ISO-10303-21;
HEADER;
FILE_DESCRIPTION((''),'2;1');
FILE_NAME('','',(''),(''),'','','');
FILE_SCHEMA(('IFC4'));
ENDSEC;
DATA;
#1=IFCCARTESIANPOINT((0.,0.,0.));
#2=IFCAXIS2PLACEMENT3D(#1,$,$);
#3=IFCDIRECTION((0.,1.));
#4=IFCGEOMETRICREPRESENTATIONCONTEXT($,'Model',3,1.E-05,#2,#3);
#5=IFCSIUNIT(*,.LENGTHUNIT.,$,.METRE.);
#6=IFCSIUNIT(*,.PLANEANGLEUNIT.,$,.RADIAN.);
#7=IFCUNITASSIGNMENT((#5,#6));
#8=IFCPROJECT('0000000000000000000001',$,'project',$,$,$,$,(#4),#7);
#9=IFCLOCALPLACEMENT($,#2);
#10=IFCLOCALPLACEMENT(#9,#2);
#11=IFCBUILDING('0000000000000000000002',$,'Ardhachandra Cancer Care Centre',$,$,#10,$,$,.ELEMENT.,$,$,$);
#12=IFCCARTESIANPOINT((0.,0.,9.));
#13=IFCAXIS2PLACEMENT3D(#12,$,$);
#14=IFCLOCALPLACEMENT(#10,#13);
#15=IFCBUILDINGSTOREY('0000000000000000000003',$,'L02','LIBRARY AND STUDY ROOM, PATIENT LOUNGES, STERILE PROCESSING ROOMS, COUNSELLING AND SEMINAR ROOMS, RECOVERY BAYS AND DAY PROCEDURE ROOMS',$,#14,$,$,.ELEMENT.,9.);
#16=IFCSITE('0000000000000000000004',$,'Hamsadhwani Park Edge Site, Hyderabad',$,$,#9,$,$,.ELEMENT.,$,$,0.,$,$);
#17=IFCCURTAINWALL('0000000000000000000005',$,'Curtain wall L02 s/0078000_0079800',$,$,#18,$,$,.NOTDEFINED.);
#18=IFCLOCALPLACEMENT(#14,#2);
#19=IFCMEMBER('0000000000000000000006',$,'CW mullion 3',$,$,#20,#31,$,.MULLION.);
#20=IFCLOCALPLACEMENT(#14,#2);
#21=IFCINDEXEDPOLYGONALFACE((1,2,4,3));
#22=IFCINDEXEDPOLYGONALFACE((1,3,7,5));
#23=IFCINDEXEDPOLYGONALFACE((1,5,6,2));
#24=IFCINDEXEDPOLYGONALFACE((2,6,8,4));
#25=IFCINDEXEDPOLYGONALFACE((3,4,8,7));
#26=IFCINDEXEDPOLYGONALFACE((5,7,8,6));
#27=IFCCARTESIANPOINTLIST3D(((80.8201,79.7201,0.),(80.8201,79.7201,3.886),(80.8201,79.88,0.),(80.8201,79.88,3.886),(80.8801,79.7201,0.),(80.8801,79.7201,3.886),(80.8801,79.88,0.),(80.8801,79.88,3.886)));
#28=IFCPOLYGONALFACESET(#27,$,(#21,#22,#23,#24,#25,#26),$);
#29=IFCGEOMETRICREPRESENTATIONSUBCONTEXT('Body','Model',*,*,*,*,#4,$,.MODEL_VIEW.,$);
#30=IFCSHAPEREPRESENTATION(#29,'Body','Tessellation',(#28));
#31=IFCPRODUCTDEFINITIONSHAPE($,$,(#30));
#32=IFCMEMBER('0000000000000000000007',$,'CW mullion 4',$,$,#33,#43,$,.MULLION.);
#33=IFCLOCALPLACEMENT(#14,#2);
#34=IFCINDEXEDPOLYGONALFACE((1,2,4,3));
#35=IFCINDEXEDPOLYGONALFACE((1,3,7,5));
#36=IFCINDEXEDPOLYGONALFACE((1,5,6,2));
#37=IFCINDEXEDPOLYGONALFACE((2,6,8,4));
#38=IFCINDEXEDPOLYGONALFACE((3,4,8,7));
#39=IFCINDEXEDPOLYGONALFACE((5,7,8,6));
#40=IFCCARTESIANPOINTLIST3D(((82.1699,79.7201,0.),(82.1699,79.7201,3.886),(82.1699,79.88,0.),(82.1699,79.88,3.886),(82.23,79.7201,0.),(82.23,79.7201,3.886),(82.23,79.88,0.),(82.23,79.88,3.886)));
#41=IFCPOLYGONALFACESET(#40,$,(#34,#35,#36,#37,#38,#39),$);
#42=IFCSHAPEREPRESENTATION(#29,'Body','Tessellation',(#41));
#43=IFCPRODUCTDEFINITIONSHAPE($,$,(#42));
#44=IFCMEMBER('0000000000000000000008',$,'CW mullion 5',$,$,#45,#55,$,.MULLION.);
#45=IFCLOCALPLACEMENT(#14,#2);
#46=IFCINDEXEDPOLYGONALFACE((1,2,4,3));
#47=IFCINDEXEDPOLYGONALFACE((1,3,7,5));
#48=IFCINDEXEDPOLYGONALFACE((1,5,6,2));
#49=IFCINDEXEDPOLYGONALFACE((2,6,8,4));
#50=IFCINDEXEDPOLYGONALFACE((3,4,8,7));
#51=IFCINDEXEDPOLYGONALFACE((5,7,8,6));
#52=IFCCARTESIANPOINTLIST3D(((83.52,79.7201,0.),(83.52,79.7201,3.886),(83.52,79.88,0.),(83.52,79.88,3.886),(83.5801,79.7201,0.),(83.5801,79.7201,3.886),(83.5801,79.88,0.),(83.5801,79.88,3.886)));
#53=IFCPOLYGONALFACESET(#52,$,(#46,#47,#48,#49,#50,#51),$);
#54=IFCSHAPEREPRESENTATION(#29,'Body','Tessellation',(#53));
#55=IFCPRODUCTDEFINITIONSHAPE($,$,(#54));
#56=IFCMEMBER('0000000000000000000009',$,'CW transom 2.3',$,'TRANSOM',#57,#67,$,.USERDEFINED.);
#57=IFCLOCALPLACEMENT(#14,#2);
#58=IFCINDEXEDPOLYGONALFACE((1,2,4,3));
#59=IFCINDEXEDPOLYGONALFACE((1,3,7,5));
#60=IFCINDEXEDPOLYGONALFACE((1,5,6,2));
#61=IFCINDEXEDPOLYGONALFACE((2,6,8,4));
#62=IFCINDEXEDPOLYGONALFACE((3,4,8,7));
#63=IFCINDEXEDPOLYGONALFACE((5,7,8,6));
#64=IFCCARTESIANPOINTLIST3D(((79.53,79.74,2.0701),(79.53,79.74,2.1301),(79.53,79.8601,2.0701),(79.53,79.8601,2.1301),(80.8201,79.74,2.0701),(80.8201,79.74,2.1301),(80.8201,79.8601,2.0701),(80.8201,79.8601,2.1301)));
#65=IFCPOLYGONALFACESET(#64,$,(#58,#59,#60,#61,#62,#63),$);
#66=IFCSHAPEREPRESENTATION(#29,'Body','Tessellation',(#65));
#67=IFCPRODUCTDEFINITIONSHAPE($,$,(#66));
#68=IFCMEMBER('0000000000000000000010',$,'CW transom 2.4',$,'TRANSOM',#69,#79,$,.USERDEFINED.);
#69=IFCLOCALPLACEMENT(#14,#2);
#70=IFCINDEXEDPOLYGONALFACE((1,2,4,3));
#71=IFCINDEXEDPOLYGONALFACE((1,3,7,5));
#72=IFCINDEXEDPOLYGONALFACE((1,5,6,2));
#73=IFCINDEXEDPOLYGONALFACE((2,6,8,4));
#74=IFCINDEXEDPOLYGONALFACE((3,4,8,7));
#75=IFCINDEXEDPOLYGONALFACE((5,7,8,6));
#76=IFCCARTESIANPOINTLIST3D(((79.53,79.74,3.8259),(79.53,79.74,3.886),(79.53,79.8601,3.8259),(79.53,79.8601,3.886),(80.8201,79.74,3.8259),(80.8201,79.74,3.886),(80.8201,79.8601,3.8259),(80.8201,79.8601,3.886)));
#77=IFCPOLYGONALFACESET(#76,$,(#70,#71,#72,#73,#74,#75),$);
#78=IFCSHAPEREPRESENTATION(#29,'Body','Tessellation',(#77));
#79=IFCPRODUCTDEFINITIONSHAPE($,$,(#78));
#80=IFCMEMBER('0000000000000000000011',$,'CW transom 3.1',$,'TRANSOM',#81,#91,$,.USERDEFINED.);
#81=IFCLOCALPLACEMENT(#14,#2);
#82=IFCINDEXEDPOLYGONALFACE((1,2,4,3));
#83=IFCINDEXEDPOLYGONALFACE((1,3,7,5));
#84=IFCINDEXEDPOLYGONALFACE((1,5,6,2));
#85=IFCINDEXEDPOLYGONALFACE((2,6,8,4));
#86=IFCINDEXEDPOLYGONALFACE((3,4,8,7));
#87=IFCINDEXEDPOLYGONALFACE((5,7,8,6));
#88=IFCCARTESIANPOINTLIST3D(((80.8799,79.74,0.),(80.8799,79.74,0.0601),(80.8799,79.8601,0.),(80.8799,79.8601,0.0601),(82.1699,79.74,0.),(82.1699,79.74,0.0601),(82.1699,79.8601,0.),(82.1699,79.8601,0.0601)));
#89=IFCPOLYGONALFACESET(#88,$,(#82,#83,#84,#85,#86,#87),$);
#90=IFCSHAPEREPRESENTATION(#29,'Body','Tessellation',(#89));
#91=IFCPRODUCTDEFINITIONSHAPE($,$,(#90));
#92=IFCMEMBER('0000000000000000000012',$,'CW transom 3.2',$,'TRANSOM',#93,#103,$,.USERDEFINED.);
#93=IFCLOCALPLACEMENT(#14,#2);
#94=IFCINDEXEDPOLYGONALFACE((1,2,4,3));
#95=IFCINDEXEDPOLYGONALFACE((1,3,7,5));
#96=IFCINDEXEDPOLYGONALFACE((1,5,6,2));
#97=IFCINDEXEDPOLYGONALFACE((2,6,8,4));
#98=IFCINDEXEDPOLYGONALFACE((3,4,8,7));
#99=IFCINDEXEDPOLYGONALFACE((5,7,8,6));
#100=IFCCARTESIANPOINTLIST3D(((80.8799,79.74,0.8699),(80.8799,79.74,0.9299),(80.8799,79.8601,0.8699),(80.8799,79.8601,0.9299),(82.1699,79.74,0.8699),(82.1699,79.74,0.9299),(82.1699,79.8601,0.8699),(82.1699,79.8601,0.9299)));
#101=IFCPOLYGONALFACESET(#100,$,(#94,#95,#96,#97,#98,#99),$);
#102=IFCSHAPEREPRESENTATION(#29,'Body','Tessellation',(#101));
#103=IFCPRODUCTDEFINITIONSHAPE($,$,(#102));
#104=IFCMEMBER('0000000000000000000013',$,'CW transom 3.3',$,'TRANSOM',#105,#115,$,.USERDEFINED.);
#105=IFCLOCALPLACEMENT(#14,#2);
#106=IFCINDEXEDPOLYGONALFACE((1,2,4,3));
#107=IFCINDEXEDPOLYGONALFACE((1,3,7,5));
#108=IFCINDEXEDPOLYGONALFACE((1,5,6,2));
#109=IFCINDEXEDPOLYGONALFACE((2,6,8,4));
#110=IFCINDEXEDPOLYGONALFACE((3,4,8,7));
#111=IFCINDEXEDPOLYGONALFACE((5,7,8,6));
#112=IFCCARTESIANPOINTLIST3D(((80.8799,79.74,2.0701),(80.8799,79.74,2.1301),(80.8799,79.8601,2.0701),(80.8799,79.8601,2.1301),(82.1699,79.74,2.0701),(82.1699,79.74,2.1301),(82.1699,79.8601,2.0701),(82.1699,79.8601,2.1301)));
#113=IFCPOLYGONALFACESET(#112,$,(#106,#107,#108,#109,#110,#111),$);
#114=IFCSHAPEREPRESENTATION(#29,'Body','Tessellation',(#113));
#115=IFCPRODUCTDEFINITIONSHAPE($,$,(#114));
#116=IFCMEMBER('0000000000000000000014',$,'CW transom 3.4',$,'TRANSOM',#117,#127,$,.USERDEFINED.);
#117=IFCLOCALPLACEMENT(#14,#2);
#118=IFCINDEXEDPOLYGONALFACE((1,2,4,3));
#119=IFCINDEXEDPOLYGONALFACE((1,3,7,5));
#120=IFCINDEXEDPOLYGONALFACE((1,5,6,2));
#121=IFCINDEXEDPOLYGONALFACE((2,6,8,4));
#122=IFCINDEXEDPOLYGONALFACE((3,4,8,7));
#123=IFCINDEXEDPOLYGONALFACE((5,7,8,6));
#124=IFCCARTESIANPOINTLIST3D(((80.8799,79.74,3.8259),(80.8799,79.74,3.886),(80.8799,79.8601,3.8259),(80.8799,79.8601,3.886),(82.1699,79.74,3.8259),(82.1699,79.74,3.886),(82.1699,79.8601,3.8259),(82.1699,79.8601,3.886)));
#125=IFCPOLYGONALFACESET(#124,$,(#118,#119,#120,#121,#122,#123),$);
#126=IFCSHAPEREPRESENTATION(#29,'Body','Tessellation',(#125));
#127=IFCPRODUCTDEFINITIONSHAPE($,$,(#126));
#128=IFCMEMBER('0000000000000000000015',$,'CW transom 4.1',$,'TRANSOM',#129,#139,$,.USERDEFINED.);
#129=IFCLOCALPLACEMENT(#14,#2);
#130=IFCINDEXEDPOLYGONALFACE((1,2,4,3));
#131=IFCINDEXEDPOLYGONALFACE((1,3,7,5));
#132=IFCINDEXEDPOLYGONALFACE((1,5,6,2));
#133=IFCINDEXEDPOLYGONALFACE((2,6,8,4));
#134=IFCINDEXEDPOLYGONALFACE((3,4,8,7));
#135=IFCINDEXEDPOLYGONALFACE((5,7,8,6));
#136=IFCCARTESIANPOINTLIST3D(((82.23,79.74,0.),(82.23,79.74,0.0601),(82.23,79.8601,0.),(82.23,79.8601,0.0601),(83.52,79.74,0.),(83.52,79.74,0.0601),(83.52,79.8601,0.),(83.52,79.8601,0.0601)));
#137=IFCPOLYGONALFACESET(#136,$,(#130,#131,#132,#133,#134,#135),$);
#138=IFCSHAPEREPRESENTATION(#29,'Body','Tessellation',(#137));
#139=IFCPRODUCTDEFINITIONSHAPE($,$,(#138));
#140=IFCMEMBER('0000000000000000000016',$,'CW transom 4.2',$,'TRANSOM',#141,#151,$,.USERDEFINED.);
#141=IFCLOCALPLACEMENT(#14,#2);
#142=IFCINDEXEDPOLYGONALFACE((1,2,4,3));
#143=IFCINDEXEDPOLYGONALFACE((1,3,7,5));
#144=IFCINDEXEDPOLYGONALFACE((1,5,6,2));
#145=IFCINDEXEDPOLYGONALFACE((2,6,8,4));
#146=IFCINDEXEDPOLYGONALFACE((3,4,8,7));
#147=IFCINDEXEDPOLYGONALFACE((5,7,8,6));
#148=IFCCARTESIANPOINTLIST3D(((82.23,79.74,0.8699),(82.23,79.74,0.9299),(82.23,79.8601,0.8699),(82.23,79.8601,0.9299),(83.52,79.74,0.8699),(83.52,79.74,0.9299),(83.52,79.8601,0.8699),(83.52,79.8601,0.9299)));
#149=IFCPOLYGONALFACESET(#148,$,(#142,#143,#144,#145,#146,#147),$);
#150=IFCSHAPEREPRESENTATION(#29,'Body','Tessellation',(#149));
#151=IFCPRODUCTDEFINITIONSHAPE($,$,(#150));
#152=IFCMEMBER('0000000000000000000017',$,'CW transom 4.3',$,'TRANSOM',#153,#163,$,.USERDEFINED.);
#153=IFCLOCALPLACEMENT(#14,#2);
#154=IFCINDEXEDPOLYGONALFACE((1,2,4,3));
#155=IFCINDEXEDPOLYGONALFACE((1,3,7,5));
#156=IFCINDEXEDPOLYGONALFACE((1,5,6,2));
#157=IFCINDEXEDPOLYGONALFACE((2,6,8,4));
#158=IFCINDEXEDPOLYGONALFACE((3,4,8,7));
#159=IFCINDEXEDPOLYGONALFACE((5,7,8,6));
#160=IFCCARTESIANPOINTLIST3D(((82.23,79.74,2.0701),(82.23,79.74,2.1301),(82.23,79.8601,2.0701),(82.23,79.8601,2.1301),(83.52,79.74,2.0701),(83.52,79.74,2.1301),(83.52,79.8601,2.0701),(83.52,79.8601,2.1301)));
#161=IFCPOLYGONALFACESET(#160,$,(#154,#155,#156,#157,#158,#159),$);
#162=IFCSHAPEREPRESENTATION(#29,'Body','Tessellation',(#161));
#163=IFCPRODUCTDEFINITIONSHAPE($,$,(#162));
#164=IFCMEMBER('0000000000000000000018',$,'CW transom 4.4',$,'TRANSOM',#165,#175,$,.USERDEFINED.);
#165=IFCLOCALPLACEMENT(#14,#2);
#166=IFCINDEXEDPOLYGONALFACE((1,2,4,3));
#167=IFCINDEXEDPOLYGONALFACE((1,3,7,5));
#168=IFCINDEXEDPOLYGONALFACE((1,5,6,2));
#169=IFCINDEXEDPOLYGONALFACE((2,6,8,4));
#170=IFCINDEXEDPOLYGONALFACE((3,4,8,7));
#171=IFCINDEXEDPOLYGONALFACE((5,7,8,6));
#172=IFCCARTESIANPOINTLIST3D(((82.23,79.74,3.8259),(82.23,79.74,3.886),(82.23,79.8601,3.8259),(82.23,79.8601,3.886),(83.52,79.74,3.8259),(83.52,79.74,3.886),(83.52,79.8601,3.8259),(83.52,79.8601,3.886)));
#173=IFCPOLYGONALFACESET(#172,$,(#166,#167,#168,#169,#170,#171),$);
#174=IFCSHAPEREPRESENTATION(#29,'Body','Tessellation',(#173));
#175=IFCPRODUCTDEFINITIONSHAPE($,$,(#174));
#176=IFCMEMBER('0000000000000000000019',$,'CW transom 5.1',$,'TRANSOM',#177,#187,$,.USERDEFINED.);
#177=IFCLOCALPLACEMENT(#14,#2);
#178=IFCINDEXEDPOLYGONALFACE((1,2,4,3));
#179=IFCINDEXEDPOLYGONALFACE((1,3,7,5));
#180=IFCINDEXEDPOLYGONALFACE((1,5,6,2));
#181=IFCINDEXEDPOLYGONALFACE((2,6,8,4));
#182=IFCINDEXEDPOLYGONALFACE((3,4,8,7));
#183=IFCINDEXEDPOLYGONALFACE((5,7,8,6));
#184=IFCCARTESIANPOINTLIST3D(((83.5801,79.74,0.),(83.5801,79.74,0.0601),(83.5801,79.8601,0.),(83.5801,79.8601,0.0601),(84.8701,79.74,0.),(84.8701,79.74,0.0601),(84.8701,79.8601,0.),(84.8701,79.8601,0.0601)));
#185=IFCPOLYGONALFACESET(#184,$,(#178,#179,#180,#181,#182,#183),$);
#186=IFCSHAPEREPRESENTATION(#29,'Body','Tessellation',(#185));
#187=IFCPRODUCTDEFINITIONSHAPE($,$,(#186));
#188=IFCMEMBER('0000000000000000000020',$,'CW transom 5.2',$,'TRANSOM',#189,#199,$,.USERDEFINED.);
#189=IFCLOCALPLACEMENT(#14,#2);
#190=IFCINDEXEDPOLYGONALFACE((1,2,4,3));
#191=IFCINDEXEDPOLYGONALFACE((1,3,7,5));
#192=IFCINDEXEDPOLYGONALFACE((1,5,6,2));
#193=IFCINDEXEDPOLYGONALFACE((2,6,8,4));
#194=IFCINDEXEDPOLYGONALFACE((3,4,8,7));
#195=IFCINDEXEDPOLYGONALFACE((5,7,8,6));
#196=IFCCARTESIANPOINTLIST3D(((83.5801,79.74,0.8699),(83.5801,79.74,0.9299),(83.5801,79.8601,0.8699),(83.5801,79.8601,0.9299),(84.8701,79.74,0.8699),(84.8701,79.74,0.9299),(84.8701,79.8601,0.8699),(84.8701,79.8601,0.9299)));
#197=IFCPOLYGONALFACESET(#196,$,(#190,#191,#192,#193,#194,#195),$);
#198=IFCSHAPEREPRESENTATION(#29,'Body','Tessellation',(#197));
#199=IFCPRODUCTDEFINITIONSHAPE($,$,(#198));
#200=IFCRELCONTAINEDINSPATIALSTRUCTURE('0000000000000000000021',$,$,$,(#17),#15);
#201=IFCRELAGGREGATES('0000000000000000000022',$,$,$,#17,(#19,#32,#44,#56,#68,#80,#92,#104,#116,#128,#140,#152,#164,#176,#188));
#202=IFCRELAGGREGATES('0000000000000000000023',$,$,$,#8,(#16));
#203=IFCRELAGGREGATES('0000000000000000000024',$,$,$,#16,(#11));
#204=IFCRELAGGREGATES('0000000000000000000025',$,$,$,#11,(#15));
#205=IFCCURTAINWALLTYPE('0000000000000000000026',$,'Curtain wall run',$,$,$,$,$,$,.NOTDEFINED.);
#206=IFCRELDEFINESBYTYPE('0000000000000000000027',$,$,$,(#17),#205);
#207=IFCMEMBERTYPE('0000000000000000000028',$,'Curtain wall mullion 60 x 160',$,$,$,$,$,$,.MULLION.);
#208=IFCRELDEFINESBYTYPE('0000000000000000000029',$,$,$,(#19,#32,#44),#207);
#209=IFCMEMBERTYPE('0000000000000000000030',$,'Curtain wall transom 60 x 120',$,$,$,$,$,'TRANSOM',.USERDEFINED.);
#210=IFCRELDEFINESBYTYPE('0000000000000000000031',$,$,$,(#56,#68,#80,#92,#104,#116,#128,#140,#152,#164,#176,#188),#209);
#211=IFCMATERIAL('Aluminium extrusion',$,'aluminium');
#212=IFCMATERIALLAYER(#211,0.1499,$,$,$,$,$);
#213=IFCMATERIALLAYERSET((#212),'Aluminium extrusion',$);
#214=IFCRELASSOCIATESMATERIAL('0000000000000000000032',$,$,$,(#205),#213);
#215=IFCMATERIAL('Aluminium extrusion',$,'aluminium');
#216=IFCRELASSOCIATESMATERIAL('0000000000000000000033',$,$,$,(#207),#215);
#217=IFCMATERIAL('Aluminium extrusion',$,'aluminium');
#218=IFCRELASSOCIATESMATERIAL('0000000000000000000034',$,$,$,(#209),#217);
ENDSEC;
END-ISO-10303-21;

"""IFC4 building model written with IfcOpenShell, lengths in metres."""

from ifc_helpers import new_model, si_unit, direction, frame, origin, origin_2d, place, context, subcontext, project, spatial, rectangle, extrude, material, layer, layer_set, material_profile, profile_set, type_object, element, aggregate, save


model = new_model("IFC4")

# Units and contexts
model_context = context("Model", 3, precision=1e-05, world=origin(), true_north=direction((0.0, 1.0)))
body_context = subcontext(model_context, "Body", "Model", "MODEL_VIEW")
ifc_project = project(units=[si_unit("LENGTHUNIT", "METRE"), si_unit("PLANEANGLEUNIT", "RADIAN")], contexts=[model_context])

# Site, building, storey
site_placement = place(None, origin())
site = spatial("IfcSite", under=ifc_project, at=site_placement, Name="Hamsadhwani Park Edge Site, Hyderabad", CompositionType="ELEMENT", RefElevation=0.0)
building_placement = place(site_placement, origin())
building = spatial("IfcBuilding", under=site, at=building_placement, Name="Ardhachandra Cancer Care Centre", CompositionType="ELEMENT")
storey_placement = place(building_placement, frame((0.0, 0.0, 9.0)))
storey = spatial("IfcBuildingStorey", under=building, at=storey_placement, Name="L02", Description="LIBRARY AND STUDY ROOM, PATIENT LOUNGES, STERILE PROCESSING ROOMS, COUNSELLING AND SEMINAR ROOMS, RECOVERY BAYS AND DAY PROCEDURE ROOMS", CompositionType="ELEMENT", Elevation=9.0)

# Curtain wall, members
ifc_material_1 = material(Name="Aluminium extrusion", Category="aluminium")
ifc_layer_1 = layer(ifc_material_1, 0.1499)
ifc_layer_set_1 = layer_set([ifc_layer_1], Name="Aluminium extrusion")
curtain_wall_type = type_object("IfcCurtainWallType", Name="Curtain wall run", PredefinedType="NOTDEFINED", material=ifc_layer_set_1)
curtain_wall_placement = place(storey_placement, origin())
curtain_wall = element("IfcCurtainWall", 1, at=curtain_wall_placement, inside=storey, type_object=curtain_wall_type, Name="Curtain wall L02 s/0078000_0079800", PredefinedType="NOTDEFINED")
ifc_material_2 = material(Name="Aluminium extrusion", Category="aluminium")
ifc_material_profile_1 = material_profile(ifc_material_2, rectangle(XDim=0.1599, YDim=0.0601, at=origin_2d()), Name="Curtain wall mullion 60 x 160")
ifc_profile_set_1 = profile_set([ifc_material_profile_1], Name="Aluminium extrusion")
member_type_1 = type_object("IfcMemberType", Name="Curtain wall mullion 60 x 160", PredefinedType="MULLION", material=ifc_profile_set_1)
member_1_placement = place(storey_placement, frame((80.8501, 79.8, 0.0), z_axis=(0.0, 0.0, 1.0), x_axis=(0.0, 1.0, 0.0)))
member_1 = element("IfcMember", 2, at=member_1_placement, type_object=member_type_1, Name="CW mullion 3", PredefinedType="MULLION", context=body_context, shape_type="SweptSolid", body=[
    extrude(rectangle(XDim=0.1599, YDim=0.0601, at=origin_2d()), origin(), (0.0, 0.0, 1.0), 3.886),
])
member_2_placement = place(storey_placement, frame((82.2, 79.8, 0.0), z_axis=(0.0, 0.0, 1.0), x_axis=(0.0, 1.0, 0.0)))
member_2 = element("IfcMember", 3, at=member_2_placement, type_object=member_type_1, Name="CW mullion 4", PredefinedType="MULLION", context=body_context, shape_type="SweptSolid", body=[
    extrude(rectangle(XDim=0.1599, YDim=0.0601, at=origin_2d()), origin(), (0.0, 0.0, 1.0), 3.886),
])
member_3_placement = place(storey_placement, frame((83.55, 79.8, 0.0), z_axis=(0.0, 0.0, 1.0), x_axis=(0.0, 1.0, 0.0)))
member_3 = element("IfcMember", 4, at=member_3_placement, type_object=member_type_1, Name="CW mullion 5", PredefinedType="MULLION", context=body_context, shape_type="SweptSolid", body=[
    extrude(rectangle(XDim=0.1599, YDim=0.0601, at=origin_2d()), origin(), (0.0, 0.0, 1.0), 3.886),
])
ifc_material_3 = material(Name="Aluminium extrusion", Category="aluminium")
ifc_material_profile_2 = material_profile(ifc_material_3, rectangle(XDim=0.1201, YDim=0.0601, at=origin_2d()), Name="Curtain wall transom 60 x 120")
ifc_profile_set_2 = profile_set([ifc_material_profile_2], Name="Aluminium extrusion")
member_type_2 = type_object("IfcMemberType", Name="Curtain wall transom 60 x 120", ElementType="TRANSOM", PredefinedType="USERDEFINED", material=ifc_profile_set_2)
member_4_placement = place(storey_placement, frame((79.53, 79.8, 2.1001), z_axis=(1.0, 0.0, 0.0), x_axis=(0.0, 1.0, 0.0)))
member_4 = element("IfcMember", 5, at=member_4_placement, type_object=member_type_2, Name="CW transom 2.3", ObjectType="TRANSOM", PredefinedType="USERDEFINED", context=body_context, shape_type="SweptSolid", body=[
    extrude(rectangle(XDim=0.1201, YDim=0.0601, at=origin_2d()), origin(), (0.0, 0.0, 1.0), 1.29),
])
member_5_placement = place(storey_placement, frame((79.53, 79.8, 3.856), z_axis=(1.0, 0.0, 0.0), x_axis=(0.0, 1.0, 0.0)))
member_5 = element("IfcMember", 6, at=member_5_placement, type_object=member_type_2, Name="CW transom 2.4", ObjectType="TRANSOM", PredefinedType="USERDEFINED", context=body_context, shape_type="SweptSolid", body=[
    extrude(rectangle(XDim=0.1201, YDim=0.0601, at=origin_2d()), origin(), (0.0, 0.0, 1.0), 1.29),
])
member_6_placement = place(storey_placement, frame((80.8799, 79.8, 0.03), z_axis=(1.0, 0.0, 0.0), x_axis=(0.0, 1.0, 0.0)))
member_6 = element("IfcMember", 7, at=member_6_placement, type_object=member_type_2, Name="CW transom 3.1", ObjectType="TRANSOM", PredefinedType="USERDEFINED", context=body_context, shape_type="SweptSolid", body=[
    extrude(rectangle(XDim=0.1201, YDim=0.0601, at=origin_2d()), origin(), (0.0, 0.0, 1.0), 1.29),
])
member_7_placement = place(storey_placement, frame((80.8799, 79.8, 0.8999), z_axis=(1.0, 0.0, 0.0), x_axis=(0.0, 1.0, 0.0)))
member_7 = element("IfcMember", 8, at=member_7_placement, type_object=member_type_2, Name="CW transom 3.2", ObjectType="TRANSOM", PredefinedType="USERDEFINED", context=body_context, shape_type="SweptSolid", body=[
    extrude(rectangle(XDim=0.1201, YDim=0.0601, at=origin_2d()), origin(), (0.0, 0.0, 1.0), 1.29),
])
member_8_placement = place(storey_placement, frame((80.8799, 79.8, 2.1001), z_axis=(1.0, 0.0, 0.0), x_axis=(0.0, 1.0, 0.0)))
member_8 = element("IfcMember", 9, at=member_8_placement, type_object=member_type_2, Name="CW transom 3.3", ObjectType="TRANSOM", PredefinedType="USERDEFINED", context=body_context, shape_type="SweptSolid", body=[
    extrude(rectangle(XDim=0.1201, YDim=0.0601, at=origin_2d()), origin(), (0.0, 0.0, 1.0), 1.29),
])
member_9_placement = place(storey_placement, frame((80.8799, 79.8, 3.856), z_axis=(1.0, 0.0, 0.0), x_axis=(0.0, 1.0, 0.0)))
member_9 = element("IfcMember", 10, at=member_9_placement, type_object=member_type_2, Name="CW transom 3.4", ObjectType="TRANSOM", PredefinedType="USERDEFINED", context=body_context, shape_type="SweptSolid", body=[
    extrude(rectangle(XDim=0.1201, YDim=0.0601, at=origin_2d()), origin(), (0.0, 0.0, 1.0), 1.29),
])
member_10_placement = place(storey_placement, frame((82.23, 79.8, 0.03), z_axis=(1.0, 0.0, 0.0), x_axis=(0.0, 1.0, 0.0)))
member_10 = element("IfcMember", 11, at=member_10_placement, type_object=member_type_2, Name="CW transom 4.1", ObjectType="TRANSOM", PredefinedType="USERDEFINED", context=body_context, shape_type="SweptSolid", body=[
    extrude(rectangle(XDim=0.1201, YDim=0.0601, at=origin_2d()), origin(), (0.0, 0.0, 1.0), 1.29),
])
member_11_placement = place(storey_placement, frame((82.23, 79.8, 0.8999), z_axis=(1.0, 0.0, 0.0), x_axis=(0.0, 1.0, 0.0)))
member_11 = element("IfcMember", 12, at=member_11_placement, type_object=member_type_2, Name="CW transom 4.2", ObjectType="TRANSOM", PredefinedType="USERDEFINED", context=body_context, shape_type="SweptSolid", body=[
    extrude(rectangle(XDim=0.1201, YDim=0.0601, at=origin_2d()), origin(), (0.0, 0.0, 1.0), 1.29),
])
member_12_placement = place(storey_placement, frame((82.23, 79.8, 2.1001), z_axis=(1.0, 0.0, 0.0), x_axis=(0.0, 1.0, 0.0)))
member_12 = element("IfcMember", 13, at=member_12_placement, type_object=member_type_2, Name="CW transom 4.3", ObjectType="TRANSOM", PredefinedType="USERDEFINED", context=body_context, shape_type="SweptSolid", body=[
    extrude(rectangle(XDim=0.1201, YDim=0.0601, at=origin_2d()), origin(), (0.0, 0.0, 1.0), 1.29),
])
member_13_placement = place(storey_placement, frame((82.23, 79.8, 3.856), z_axis=(1.0, 0.0, 0.0), x_axis=(0.0, 1.0, 0.0)))
member_13 = element("IfcMember", 14, at=member_13_placement, type_object=member_type_2, Name="CW transom 4.4", ObjectType="TRANSOM", PredefinedType="USERDEFINED", context=body_context, shape_type="SweptSolid", body=[
    extrude(rectangle(XDim=0.1201, YDim=0.0601, at=origin_2d()), origin(), (0.0, 0.0, 1.0), 1.29),
])
member_14_placement = place(storey_placement, frame((83.5801, 79.8, 0.03), z_axis=(1.0, 0.0, 0.0), x_axis=(0.0, 1.0, 0.0)))
member_14 = element("IfcMember", 15, at=member_14_placement, type_object=member_type_2, Name="CW transom 5.1", ObjectType="TRANSOM", PredefinedType="USERDEFINED", context=body_context, shape_type="SweptSolid", body=[
    extrude(rectangle(XDim=0.1201, YDim=0.0601, at=origin_2d()), origin(), (0.0, 0.0, 1.0), 1.29),
])
member_15_placement = place(storey_placement, frame((83.5801, 79.8, 0.8999), z_axis=(1.0, 0.0, 0.0), x_axis=(0.0, 1.0, 0.0)))
member_15 = element("IfcMember", 16, at=member_15_placement, type_object=member_type_2, Name="CW transom 5.2", ObjectType="TRANSOM", PredefinedType="USERDEFINED", context=body_context, shape_type="SweptSolid", body=[
    extrude(rectangle(XDim=0.1201, YDim=0.0601, at=origin_2d()), origin(), (0.0, 0.0, 1.0), 1.29),
])

aggregate(curtain_wall, [member_1, member_2, member_3, member_4, member_5, member_6, member_7, member_8, member_9, member_10, member_11, member_12, member_13, member_14, member_15])

save(model, "model.ifc")
